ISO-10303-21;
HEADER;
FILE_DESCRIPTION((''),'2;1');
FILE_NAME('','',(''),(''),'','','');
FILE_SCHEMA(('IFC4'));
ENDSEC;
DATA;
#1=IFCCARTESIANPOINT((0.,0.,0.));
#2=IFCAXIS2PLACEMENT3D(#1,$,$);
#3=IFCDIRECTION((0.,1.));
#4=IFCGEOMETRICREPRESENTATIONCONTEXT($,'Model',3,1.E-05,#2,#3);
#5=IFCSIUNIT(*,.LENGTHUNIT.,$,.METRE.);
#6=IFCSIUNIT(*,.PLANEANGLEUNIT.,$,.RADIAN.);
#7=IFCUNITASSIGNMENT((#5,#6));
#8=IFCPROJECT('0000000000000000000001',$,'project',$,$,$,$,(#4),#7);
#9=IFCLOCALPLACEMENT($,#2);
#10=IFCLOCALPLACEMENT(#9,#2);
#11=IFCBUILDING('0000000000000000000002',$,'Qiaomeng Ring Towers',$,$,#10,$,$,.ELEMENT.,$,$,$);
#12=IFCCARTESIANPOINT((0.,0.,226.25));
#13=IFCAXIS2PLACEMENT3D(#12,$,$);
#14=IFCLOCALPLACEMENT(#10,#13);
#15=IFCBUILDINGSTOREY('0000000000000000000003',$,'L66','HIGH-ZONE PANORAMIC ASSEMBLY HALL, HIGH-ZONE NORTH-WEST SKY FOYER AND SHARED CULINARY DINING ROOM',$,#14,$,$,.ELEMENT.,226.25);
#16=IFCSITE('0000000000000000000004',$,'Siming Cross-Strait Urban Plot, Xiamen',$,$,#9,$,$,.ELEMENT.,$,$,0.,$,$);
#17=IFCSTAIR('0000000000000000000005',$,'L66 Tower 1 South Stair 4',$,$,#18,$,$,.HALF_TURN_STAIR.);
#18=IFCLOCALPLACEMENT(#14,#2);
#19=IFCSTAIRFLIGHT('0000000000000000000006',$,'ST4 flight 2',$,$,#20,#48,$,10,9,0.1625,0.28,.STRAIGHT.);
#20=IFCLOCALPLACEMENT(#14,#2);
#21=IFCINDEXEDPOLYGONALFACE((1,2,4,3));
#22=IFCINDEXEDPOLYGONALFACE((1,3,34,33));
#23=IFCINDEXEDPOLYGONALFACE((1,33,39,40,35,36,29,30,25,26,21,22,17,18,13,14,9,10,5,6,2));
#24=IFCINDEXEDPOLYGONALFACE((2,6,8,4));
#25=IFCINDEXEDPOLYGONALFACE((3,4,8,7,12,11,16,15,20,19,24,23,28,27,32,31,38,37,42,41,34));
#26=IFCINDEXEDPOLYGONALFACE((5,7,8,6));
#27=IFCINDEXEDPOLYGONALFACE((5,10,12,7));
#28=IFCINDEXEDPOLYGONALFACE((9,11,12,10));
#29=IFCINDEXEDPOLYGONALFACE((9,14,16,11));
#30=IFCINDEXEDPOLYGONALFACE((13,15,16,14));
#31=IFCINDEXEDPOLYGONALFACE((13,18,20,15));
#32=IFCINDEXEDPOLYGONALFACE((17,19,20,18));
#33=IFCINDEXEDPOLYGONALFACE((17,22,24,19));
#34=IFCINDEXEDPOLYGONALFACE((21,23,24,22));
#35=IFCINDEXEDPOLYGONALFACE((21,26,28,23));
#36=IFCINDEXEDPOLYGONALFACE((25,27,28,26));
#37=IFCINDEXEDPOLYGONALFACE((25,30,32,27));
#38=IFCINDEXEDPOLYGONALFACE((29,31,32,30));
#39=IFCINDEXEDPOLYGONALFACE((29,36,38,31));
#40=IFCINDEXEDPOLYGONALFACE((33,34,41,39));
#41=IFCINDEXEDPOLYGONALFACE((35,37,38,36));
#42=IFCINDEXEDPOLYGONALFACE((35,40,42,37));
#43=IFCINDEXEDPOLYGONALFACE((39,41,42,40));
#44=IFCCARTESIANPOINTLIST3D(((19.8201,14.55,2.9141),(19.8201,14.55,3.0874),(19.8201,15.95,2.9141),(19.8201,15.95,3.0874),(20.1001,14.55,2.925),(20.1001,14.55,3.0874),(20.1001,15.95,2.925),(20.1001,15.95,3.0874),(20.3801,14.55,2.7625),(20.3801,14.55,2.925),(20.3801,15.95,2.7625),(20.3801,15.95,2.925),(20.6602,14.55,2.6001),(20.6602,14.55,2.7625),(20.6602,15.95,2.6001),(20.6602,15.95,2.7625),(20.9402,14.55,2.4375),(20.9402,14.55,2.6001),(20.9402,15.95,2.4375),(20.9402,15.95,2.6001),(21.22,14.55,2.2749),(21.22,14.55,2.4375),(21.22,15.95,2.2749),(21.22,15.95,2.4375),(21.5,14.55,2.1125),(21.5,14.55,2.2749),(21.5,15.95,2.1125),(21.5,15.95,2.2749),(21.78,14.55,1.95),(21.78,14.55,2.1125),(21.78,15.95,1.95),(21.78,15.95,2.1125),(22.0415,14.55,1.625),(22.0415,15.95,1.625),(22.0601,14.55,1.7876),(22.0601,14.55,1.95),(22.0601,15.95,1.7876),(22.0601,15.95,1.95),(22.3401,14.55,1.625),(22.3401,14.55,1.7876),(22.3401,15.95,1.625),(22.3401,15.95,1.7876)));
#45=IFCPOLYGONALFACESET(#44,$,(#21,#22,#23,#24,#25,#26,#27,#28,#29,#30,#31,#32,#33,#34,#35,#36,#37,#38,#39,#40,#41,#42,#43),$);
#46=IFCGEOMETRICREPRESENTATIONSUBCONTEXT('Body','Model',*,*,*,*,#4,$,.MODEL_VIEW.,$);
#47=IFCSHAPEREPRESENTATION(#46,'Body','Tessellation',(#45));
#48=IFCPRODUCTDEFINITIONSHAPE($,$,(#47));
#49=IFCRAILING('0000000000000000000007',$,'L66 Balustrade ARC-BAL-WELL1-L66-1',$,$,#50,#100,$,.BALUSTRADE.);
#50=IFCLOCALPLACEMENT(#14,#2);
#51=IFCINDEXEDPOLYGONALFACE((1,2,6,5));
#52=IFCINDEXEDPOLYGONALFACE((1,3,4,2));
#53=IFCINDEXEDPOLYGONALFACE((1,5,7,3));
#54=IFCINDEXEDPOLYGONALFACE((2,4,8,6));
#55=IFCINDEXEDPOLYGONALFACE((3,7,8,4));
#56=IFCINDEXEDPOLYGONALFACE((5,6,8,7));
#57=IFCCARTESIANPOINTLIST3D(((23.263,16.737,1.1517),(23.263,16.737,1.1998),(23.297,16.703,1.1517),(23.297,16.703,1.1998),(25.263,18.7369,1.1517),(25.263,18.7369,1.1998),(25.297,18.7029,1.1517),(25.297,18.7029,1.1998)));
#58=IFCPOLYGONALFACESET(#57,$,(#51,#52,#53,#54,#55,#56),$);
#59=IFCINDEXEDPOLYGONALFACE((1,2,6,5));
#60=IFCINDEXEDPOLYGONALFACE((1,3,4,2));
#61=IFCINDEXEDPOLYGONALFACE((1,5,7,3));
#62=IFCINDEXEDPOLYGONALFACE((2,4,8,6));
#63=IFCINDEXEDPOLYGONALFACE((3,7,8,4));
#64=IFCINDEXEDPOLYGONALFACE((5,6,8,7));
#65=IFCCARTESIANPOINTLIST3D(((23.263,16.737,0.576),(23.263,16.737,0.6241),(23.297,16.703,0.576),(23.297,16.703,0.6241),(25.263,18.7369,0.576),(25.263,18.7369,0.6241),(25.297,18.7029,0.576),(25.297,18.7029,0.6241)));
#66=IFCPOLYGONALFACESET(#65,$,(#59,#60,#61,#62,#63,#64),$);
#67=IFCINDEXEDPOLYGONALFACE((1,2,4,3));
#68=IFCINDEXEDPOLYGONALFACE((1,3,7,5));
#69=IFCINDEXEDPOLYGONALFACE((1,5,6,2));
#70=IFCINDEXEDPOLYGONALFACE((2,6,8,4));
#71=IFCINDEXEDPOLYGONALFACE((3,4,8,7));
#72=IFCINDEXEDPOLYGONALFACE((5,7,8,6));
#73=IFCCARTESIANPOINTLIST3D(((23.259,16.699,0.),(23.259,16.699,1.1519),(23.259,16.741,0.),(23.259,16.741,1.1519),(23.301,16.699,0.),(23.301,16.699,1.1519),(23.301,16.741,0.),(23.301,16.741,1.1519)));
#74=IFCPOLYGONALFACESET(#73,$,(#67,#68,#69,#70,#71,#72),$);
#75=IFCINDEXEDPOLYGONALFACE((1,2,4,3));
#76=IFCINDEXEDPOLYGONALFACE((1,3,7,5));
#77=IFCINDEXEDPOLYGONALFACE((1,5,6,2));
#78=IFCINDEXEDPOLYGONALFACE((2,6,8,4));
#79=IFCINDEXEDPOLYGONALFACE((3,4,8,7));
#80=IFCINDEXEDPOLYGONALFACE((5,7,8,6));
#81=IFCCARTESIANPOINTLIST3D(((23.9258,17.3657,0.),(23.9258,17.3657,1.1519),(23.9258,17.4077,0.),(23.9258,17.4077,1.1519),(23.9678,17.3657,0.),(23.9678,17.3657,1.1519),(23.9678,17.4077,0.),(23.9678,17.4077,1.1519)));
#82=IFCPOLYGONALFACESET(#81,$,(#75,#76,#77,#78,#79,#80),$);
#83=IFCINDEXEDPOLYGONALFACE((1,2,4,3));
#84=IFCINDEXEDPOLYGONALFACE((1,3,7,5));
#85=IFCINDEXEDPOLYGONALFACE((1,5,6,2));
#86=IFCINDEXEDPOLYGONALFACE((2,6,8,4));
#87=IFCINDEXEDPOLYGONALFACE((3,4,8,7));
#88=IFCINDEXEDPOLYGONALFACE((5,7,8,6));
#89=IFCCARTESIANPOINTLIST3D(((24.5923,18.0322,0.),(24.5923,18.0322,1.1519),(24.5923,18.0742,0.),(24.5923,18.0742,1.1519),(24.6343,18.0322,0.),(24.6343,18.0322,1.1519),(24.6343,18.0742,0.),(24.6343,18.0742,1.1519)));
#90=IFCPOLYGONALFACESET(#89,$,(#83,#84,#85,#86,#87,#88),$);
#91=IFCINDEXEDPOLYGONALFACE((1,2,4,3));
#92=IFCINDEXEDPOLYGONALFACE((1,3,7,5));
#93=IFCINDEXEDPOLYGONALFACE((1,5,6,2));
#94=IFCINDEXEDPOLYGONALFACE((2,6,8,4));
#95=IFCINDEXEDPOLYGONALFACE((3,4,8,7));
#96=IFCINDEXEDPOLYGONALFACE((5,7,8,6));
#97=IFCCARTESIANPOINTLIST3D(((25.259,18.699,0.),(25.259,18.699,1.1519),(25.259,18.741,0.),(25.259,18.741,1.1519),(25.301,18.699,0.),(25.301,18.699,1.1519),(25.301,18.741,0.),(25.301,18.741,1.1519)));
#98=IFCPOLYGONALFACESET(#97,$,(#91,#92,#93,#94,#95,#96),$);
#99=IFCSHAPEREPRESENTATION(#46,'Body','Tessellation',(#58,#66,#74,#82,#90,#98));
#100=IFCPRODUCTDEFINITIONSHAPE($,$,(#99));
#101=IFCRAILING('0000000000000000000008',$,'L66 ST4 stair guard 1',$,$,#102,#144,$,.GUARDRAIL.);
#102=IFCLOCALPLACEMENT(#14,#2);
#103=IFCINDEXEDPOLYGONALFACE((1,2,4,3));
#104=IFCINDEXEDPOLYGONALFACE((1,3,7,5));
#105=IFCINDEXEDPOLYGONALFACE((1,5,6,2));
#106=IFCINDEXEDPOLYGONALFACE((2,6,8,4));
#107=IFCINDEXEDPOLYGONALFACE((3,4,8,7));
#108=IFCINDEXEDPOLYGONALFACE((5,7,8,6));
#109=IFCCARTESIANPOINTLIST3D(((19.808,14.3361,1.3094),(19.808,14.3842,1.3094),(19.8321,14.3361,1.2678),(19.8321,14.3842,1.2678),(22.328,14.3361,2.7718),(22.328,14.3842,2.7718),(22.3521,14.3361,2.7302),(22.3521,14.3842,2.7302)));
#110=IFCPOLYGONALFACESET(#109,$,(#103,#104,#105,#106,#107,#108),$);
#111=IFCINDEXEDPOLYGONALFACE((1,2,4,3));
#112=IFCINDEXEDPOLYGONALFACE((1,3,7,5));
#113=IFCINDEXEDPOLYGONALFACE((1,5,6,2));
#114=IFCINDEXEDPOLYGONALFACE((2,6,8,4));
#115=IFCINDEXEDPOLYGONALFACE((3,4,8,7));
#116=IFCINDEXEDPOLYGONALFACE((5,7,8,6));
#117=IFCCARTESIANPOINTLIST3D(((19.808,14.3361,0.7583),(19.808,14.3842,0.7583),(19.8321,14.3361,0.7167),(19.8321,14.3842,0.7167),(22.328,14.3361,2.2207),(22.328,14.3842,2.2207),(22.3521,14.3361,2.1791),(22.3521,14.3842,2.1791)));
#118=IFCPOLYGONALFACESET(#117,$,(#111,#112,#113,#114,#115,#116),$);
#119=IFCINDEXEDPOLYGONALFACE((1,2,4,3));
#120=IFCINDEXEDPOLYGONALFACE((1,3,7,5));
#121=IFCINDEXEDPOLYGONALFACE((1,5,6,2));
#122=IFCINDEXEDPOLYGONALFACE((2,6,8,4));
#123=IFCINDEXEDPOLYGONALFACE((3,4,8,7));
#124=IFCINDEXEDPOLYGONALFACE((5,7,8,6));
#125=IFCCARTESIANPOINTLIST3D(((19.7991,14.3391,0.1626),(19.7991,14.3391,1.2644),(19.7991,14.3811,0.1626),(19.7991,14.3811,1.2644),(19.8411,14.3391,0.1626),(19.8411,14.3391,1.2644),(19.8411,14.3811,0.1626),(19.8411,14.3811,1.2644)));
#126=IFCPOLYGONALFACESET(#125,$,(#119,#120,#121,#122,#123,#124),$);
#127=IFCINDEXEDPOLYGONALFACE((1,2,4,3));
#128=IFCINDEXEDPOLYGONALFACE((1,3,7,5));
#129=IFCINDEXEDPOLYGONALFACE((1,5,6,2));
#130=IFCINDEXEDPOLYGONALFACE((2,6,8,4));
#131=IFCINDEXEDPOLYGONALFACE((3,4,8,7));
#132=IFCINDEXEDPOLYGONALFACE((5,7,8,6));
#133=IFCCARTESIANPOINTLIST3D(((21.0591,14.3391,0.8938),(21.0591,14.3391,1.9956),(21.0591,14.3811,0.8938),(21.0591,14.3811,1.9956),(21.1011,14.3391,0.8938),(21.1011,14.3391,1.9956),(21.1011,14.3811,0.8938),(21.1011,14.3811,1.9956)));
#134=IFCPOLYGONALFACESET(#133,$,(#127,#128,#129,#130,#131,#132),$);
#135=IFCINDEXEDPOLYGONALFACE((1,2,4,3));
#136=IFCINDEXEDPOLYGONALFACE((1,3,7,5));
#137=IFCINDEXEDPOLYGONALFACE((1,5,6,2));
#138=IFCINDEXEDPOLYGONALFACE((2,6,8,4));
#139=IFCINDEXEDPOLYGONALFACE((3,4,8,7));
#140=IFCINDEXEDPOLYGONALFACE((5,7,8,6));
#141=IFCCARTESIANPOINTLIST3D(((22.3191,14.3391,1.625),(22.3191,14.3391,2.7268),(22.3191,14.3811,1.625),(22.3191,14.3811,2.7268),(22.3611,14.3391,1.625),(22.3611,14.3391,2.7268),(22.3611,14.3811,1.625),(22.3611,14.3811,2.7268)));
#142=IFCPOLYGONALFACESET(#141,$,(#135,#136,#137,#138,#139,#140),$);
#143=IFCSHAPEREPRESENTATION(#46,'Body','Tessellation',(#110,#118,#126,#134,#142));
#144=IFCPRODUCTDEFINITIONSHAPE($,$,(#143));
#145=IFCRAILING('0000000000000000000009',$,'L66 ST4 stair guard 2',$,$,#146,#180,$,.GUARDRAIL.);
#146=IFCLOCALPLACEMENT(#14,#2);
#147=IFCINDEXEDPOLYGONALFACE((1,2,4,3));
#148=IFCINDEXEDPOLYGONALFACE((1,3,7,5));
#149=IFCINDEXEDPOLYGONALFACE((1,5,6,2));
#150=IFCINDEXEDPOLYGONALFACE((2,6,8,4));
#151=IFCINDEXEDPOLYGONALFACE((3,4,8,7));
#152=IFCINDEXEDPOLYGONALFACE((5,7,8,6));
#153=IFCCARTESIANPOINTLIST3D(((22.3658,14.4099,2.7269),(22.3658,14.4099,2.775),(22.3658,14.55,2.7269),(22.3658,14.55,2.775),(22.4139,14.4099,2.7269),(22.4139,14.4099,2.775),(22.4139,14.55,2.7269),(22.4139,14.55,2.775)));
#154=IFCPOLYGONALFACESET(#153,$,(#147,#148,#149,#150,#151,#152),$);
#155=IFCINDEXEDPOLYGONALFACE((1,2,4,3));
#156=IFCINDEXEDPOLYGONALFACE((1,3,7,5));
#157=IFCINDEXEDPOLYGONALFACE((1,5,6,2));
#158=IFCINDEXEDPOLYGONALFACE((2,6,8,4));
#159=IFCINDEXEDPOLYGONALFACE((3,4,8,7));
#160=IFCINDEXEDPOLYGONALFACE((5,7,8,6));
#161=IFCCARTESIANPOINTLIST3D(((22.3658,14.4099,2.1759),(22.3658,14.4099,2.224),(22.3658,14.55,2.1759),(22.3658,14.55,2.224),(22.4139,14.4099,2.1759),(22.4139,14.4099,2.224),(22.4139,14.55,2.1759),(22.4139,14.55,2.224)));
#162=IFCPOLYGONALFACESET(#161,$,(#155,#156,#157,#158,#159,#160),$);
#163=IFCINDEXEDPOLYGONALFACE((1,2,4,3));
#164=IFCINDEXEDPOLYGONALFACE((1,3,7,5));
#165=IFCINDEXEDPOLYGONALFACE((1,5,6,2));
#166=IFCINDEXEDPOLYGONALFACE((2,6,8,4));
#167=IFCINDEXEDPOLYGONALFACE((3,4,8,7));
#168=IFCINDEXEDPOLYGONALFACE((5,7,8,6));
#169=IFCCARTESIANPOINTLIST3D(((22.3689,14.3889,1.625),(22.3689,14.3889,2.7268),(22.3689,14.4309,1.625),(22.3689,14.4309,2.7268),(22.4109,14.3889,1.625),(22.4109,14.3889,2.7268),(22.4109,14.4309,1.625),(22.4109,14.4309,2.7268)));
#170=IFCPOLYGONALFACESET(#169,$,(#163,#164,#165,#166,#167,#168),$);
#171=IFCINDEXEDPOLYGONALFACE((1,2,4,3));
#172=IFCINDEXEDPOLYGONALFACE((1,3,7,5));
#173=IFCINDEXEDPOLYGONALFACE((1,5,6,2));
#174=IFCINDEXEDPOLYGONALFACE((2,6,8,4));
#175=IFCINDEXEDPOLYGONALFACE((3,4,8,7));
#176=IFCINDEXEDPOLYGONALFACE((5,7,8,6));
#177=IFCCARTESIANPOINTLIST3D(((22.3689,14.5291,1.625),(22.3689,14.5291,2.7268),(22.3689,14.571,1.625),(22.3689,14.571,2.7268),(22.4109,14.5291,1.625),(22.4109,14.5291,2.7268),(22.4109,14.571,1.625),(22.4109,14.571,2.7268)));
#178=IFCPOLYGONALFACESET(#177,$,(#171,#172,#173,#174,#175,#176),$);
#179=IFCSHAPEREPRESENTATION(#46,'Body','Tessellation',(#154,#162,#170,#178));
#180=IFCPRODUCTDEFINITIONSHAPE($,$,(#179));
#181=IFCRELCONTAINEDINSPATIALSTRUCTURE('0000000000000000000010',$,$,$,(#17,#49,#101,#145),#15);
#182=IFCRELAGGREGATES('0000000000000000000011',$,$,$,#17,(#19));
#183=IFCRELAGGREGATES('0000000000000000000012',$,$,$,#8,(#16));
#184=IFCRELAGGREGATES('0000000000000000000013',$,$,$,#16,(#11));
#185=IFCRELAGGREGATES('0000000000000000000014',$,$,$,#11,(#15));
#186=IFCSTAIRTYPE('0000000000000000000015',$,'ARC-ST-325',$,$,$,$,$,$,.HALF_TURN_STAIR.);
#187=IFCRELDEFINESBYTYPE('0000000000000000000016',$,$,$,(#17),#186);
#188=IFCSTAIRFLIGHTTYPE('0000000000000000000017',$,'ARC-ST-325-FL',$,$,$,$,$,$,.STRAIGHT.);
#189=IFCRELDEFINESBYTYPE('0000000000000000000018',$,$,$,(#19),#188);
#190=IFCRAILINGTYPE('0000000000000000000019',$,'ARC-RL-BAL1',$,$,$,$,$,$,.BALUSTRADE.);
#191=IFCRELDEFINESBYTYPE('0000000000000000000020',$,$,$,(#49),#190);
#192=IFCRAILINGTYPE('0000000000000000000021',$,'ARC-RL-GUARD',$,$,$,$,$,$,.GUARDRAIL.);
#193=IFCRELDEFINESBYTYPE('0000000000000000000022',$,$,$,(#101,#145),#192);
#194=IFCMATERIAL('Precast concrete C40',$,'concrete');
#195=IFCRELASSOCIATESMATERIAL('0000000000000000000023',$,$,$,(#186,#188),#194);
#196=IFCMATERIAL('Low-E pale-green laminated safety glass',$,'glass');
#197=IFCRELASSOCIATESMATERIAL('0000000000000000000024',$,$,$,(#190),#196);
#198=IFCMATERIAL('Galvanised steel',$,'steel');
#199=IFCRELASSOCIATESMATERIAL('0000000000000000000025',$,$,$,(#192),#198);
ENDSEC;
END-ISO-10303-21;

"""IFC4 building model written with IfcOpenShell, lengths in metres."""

from ifc_helpers import new_model, si_unit, direction, frame, origin, origin_2d, place, context, subcontext, project, spatial, polyline, rectangle, outline, extrude, source, transform, mapped, material, type_object, element, aggregate, save


model = new_model("IFC4")

# Units and contexts
model_context = context("Model", 3, precision=1e-05, world=origin(), true_north=direction((0.0, 1.0)))
body_context = subcontext(model_context, "Body", "Model", "MODEL_VIEW")
ifc_project = project(units=[si_unit("LENGTHUNIT", "METRE"), si_unit("PLANEANGLEUNIT", "RADIAN")], contexts=[model_context])

# Site, building, storey
site_placement = place(None, origin())
site = spatial("IfcSite", under=ifc_project, at=site_placement, Name="Siming Cross-Strait Urban Plot, Xiamen", CompositionType="ELEMENT", RefElevation=0.0)
building_placement = place(site_placement, origin())
building = spatial("IfcBuilding", under=site, at=building_placement, Name="Qiaomeng Ring Towers", CompositionType="ELEMENT")
storey_placement = place(building_placement, frame((0.0, 0.0, 226.25)))
storey = spatial("IfcBuildingStorey", under=building, at=storey_placement, Name="L66", Description="HIGH-ZONE PANORAMIC ASSEMBLY HALL, HIGH-ZONE NORTH-WEST SKY FOYER AND SHARED CULINARY DINING ROOM", CompositionType="ELEMENT", Elevation=226.25)

# Shared definitions
ifc_material_1 = material(Name="Galvanised steel", Category="steel")

# Stair, stair flight
ifc_material_2 = material(Name="Precast concrete C40", Category="concrete")
stair_type = type_object("IfcStairType", Name="ARC-ST-325", PredefinedType="HALF_TURN_STAIR", material=ifc_material_2)
stair_placement = place(storey_placement, origin())
stair = element("IfcStair", 1, at=stair_placement, inside=storey, type_object=stair_type, Name="L66 Tower 1 South Stair 4", PredefinedType="HALF_TURN_STAIR")
stair_flight_type = type_object("IfcStairFlightType", Name="ARC-ST-325-FL", PredefinedType="STRAIGHT", material=ifc_material_2)
shared_shape_1 = source(origin(), body_context, "Body", "SweptSolid", [
    extrude(outline(polyline([(0.0, 0.0), (0.0, 0.1626), (0.28, 0.1626), (0.28, 0.325), (0.5601, 0.325), (0.5601, 0.4875), (0.8401, 0.4875), (0.8401, 0.6499), (1.1201, 0.6499), (1.1201, 0.8125), (1.3999, 0.8125), (1.3999, 0.9751), (1.6799, 0.9751), (1.6799, 1.1375), (1.96, 1.1375), (1.96, 1.3), (2.24, 1.3), (2.24, 1.4624), (2.52, 1.4624), (2.52, 1.625), (2.52, 1.2891), (0.2986, 0.0), (0.0, 0.0)])), frame((0.0, 0.7, 0.0), z_axis=(0.0, -1.0, 0.0), x_axis=(1.0, 0.0, 0.0)), (0.0, 0.0, 1.0), 1.3999),
])
stair_flight_1_placement = place(storey_placement, frame((22.3401, 15.25, 1.625), z_axis=(0.0, 0.0, 1.0), x_axis=(-1.0, 0.0, 0.0)))
stair_flight_1 = element("IfcStairFlight", 2, at=stair_flight_1_placement, type_object=stair_flight_type, Name="ST4 flight 2", NumberOfRisers=10, NumberOfTreads=9, PredefinedType="STRAIGHT", RiserHeight=0.1625, TreadLength=0.28, context=body_context, shape_type="MappedRepresentation", body=[
    mapped(shared_shape_1, transform((0.0, 0.0, 0.0), x_axis=(1.0, 0.0, 0.0), y_axis=(0.0, 1.0, 0.0), z_axis=(0.0, 0.0, 1.0), scale=1.0)),
])
aggregate(stair, [stair_flight_1])

# Railings
ifc_material_3 = material(Name="Low-E pale-green laminated safety glass", Category="glass")
railing_type_1 = type_object("IfcRailingType", Name="ARC-RL-BAL1", PredefinedType="BALUSTRADE", material=ifc_material_3)
railing_1_placement = place(storey_placement, frame((23.28, 16.72, 0.0)))
element("IfcRailing", 3, at=railing_1_placement, inside=storey, type_object=railing_type_1, Name="L66 Balustrade ARC-BAL-WELL1-L66-1", PredefinedType="BALUSTRADE", context=body_context, shape_type="SweptSolid", body=[
    extrude(rectangle(XDim=0.0481, YDim=0.0481, at=origin_2d()), frame((0.0, 0.0, 1.1758), z_axis=(0.707107, 0.707107, 0.0), x_axis=(-0.707107, 0.707107, 0.0)), (0.0, 0.0, 1.0), 2.8284),
    extrude(rectangle(XDim=0.0481, YDim=0.0481, at=origin_2d()), frame((0.0, 0.0, 0.6001), z_axis=(0.707107, 0.707107, 0.0), x_axis=(-0.707107, 0.707107, 0.0)), (0.0, 0.0, 1.0), 2.8284),
    extrude(rectangle(XDim=0.042, YDim=0.042, at=origin_2d()), origin(), (0.0, 0.0, 1.0), 1.1519),
    extrude(rectangle(XDim=0.042, YDim=0.042, at=origin_2d()), frame((0.6667, 0.6667, 0.0)), (0.0, 0.0, 1.0), 1.1519),
    extrude(rectangle(XDim=0.042, YDim=0.042, at=origin_2d()), frame((1.3333, 1.3333, 0.0)), (0.0, 0.0, 1.0), 1.1519),
    extrude(rectangle(XDim=0.042, YDim=0.042, at=origin_2d()), frame((2.0, 2.0, 0.0)), (0.0, 0.0, 1.0), 1.1519),
])
railing_type_2 = type_object("IfcRailingType", Name="ARC-RL-GUARD", PredefinedType="GUARDRAIL", material=ifc_material_1)
railing_2_placement = place(storey_placement, frame((19.8201, 14.3601, 0.1626)))
element("IfcRailing", 4, at=railing_2_placement, inside=storey, type_object=railing_type_2, Name="L66 ST4 stair guard 1", PredefinedType="GUARDRAIL", context=body_context, shape_type="SweptSolid", body=[
    extrude(rectangle(XDim=0.0481, YDim=0.0481, at=origin_2d()), frame((0.0, 0.0, 1.126), z_axis=(0.864913, 0.0, 0.501921), x_axis=(0.0, 1.0, 0.0)), (0.0, 0.0, 1.0), 2.9136),
    extrude(rectangle(XDim=0.0481, YDim=0.0481, at=origin_2d()), frame((0.0, 0.0, 0.575), z_axis=(0.864913, 0.0, 0.501921), x_axis=(0.0, 1.0, 0.0)), (0.0, 0.0, 1.0), 2.9136),
    extrude(rectangle(XDim=0.042, YDim=0.042, at=origin_2d()), origin(), (0.0, 0.0, 1.0), 1.1018),
    extrude(rectangle(XDim=0.042, YDim=0.042, at=origin_2d()), frame((1.26, 0.0, 0.7312)), (0.0, 0.0, 1.0), 1.1018),
    extrude(rectangle(XDim=0.042, YDim=0.042, at=origin_2d()), frame((2.52, 0.0, 1.4624)), (0.0, 0.0, 1.0), 1.1018),
])
railing_3_placement = place(storey_placement, frame((22.3899, 14.4099, 1.625)))
element("IfcRailing", 5, at=railing_3_placement, inside=storey, type_object=railing_type_2, Name="L66 ST4 stair guard 2", PredefinedType="GUARDRAIL", context=body_context, shape_type="SweptSolid", body=[
    extrude(rectangle(XDim=0.0481, YDim=0.0481, at=origin_2d()), frame((0.0, 0.0, 1.126), z_axis=(0.0, 1.0, 0.0), x_axis=(-1.0, 0.0, 0.0)), (0.0, 0.0, 1.0), 0.1401),
    extrude(rectangle(XDim=0.0481, YDim=0.0481, at=origin_2d()), frame((0.0, 0.0, 0.575), z_axis=(0.0, 1.0, 0.0), x_axis=(-1.0, 0.0, 0.0)), (0.0, 0.0, 1.0), 0.1401),
    extrude(rectangle(XDim=0.042, YDim=0.042, at=origin_2d()), origin(), (0.0, 0.0, 1.0), 1.1018),
    extrude(rectangle(XDim=0.042, YDim=0.042, at=origin_2d()), frame((0.0, 0.1401, 0.0)), (0.0, 0.0, 1.0), 1.1018),
])

save(model, "model.ifc")
